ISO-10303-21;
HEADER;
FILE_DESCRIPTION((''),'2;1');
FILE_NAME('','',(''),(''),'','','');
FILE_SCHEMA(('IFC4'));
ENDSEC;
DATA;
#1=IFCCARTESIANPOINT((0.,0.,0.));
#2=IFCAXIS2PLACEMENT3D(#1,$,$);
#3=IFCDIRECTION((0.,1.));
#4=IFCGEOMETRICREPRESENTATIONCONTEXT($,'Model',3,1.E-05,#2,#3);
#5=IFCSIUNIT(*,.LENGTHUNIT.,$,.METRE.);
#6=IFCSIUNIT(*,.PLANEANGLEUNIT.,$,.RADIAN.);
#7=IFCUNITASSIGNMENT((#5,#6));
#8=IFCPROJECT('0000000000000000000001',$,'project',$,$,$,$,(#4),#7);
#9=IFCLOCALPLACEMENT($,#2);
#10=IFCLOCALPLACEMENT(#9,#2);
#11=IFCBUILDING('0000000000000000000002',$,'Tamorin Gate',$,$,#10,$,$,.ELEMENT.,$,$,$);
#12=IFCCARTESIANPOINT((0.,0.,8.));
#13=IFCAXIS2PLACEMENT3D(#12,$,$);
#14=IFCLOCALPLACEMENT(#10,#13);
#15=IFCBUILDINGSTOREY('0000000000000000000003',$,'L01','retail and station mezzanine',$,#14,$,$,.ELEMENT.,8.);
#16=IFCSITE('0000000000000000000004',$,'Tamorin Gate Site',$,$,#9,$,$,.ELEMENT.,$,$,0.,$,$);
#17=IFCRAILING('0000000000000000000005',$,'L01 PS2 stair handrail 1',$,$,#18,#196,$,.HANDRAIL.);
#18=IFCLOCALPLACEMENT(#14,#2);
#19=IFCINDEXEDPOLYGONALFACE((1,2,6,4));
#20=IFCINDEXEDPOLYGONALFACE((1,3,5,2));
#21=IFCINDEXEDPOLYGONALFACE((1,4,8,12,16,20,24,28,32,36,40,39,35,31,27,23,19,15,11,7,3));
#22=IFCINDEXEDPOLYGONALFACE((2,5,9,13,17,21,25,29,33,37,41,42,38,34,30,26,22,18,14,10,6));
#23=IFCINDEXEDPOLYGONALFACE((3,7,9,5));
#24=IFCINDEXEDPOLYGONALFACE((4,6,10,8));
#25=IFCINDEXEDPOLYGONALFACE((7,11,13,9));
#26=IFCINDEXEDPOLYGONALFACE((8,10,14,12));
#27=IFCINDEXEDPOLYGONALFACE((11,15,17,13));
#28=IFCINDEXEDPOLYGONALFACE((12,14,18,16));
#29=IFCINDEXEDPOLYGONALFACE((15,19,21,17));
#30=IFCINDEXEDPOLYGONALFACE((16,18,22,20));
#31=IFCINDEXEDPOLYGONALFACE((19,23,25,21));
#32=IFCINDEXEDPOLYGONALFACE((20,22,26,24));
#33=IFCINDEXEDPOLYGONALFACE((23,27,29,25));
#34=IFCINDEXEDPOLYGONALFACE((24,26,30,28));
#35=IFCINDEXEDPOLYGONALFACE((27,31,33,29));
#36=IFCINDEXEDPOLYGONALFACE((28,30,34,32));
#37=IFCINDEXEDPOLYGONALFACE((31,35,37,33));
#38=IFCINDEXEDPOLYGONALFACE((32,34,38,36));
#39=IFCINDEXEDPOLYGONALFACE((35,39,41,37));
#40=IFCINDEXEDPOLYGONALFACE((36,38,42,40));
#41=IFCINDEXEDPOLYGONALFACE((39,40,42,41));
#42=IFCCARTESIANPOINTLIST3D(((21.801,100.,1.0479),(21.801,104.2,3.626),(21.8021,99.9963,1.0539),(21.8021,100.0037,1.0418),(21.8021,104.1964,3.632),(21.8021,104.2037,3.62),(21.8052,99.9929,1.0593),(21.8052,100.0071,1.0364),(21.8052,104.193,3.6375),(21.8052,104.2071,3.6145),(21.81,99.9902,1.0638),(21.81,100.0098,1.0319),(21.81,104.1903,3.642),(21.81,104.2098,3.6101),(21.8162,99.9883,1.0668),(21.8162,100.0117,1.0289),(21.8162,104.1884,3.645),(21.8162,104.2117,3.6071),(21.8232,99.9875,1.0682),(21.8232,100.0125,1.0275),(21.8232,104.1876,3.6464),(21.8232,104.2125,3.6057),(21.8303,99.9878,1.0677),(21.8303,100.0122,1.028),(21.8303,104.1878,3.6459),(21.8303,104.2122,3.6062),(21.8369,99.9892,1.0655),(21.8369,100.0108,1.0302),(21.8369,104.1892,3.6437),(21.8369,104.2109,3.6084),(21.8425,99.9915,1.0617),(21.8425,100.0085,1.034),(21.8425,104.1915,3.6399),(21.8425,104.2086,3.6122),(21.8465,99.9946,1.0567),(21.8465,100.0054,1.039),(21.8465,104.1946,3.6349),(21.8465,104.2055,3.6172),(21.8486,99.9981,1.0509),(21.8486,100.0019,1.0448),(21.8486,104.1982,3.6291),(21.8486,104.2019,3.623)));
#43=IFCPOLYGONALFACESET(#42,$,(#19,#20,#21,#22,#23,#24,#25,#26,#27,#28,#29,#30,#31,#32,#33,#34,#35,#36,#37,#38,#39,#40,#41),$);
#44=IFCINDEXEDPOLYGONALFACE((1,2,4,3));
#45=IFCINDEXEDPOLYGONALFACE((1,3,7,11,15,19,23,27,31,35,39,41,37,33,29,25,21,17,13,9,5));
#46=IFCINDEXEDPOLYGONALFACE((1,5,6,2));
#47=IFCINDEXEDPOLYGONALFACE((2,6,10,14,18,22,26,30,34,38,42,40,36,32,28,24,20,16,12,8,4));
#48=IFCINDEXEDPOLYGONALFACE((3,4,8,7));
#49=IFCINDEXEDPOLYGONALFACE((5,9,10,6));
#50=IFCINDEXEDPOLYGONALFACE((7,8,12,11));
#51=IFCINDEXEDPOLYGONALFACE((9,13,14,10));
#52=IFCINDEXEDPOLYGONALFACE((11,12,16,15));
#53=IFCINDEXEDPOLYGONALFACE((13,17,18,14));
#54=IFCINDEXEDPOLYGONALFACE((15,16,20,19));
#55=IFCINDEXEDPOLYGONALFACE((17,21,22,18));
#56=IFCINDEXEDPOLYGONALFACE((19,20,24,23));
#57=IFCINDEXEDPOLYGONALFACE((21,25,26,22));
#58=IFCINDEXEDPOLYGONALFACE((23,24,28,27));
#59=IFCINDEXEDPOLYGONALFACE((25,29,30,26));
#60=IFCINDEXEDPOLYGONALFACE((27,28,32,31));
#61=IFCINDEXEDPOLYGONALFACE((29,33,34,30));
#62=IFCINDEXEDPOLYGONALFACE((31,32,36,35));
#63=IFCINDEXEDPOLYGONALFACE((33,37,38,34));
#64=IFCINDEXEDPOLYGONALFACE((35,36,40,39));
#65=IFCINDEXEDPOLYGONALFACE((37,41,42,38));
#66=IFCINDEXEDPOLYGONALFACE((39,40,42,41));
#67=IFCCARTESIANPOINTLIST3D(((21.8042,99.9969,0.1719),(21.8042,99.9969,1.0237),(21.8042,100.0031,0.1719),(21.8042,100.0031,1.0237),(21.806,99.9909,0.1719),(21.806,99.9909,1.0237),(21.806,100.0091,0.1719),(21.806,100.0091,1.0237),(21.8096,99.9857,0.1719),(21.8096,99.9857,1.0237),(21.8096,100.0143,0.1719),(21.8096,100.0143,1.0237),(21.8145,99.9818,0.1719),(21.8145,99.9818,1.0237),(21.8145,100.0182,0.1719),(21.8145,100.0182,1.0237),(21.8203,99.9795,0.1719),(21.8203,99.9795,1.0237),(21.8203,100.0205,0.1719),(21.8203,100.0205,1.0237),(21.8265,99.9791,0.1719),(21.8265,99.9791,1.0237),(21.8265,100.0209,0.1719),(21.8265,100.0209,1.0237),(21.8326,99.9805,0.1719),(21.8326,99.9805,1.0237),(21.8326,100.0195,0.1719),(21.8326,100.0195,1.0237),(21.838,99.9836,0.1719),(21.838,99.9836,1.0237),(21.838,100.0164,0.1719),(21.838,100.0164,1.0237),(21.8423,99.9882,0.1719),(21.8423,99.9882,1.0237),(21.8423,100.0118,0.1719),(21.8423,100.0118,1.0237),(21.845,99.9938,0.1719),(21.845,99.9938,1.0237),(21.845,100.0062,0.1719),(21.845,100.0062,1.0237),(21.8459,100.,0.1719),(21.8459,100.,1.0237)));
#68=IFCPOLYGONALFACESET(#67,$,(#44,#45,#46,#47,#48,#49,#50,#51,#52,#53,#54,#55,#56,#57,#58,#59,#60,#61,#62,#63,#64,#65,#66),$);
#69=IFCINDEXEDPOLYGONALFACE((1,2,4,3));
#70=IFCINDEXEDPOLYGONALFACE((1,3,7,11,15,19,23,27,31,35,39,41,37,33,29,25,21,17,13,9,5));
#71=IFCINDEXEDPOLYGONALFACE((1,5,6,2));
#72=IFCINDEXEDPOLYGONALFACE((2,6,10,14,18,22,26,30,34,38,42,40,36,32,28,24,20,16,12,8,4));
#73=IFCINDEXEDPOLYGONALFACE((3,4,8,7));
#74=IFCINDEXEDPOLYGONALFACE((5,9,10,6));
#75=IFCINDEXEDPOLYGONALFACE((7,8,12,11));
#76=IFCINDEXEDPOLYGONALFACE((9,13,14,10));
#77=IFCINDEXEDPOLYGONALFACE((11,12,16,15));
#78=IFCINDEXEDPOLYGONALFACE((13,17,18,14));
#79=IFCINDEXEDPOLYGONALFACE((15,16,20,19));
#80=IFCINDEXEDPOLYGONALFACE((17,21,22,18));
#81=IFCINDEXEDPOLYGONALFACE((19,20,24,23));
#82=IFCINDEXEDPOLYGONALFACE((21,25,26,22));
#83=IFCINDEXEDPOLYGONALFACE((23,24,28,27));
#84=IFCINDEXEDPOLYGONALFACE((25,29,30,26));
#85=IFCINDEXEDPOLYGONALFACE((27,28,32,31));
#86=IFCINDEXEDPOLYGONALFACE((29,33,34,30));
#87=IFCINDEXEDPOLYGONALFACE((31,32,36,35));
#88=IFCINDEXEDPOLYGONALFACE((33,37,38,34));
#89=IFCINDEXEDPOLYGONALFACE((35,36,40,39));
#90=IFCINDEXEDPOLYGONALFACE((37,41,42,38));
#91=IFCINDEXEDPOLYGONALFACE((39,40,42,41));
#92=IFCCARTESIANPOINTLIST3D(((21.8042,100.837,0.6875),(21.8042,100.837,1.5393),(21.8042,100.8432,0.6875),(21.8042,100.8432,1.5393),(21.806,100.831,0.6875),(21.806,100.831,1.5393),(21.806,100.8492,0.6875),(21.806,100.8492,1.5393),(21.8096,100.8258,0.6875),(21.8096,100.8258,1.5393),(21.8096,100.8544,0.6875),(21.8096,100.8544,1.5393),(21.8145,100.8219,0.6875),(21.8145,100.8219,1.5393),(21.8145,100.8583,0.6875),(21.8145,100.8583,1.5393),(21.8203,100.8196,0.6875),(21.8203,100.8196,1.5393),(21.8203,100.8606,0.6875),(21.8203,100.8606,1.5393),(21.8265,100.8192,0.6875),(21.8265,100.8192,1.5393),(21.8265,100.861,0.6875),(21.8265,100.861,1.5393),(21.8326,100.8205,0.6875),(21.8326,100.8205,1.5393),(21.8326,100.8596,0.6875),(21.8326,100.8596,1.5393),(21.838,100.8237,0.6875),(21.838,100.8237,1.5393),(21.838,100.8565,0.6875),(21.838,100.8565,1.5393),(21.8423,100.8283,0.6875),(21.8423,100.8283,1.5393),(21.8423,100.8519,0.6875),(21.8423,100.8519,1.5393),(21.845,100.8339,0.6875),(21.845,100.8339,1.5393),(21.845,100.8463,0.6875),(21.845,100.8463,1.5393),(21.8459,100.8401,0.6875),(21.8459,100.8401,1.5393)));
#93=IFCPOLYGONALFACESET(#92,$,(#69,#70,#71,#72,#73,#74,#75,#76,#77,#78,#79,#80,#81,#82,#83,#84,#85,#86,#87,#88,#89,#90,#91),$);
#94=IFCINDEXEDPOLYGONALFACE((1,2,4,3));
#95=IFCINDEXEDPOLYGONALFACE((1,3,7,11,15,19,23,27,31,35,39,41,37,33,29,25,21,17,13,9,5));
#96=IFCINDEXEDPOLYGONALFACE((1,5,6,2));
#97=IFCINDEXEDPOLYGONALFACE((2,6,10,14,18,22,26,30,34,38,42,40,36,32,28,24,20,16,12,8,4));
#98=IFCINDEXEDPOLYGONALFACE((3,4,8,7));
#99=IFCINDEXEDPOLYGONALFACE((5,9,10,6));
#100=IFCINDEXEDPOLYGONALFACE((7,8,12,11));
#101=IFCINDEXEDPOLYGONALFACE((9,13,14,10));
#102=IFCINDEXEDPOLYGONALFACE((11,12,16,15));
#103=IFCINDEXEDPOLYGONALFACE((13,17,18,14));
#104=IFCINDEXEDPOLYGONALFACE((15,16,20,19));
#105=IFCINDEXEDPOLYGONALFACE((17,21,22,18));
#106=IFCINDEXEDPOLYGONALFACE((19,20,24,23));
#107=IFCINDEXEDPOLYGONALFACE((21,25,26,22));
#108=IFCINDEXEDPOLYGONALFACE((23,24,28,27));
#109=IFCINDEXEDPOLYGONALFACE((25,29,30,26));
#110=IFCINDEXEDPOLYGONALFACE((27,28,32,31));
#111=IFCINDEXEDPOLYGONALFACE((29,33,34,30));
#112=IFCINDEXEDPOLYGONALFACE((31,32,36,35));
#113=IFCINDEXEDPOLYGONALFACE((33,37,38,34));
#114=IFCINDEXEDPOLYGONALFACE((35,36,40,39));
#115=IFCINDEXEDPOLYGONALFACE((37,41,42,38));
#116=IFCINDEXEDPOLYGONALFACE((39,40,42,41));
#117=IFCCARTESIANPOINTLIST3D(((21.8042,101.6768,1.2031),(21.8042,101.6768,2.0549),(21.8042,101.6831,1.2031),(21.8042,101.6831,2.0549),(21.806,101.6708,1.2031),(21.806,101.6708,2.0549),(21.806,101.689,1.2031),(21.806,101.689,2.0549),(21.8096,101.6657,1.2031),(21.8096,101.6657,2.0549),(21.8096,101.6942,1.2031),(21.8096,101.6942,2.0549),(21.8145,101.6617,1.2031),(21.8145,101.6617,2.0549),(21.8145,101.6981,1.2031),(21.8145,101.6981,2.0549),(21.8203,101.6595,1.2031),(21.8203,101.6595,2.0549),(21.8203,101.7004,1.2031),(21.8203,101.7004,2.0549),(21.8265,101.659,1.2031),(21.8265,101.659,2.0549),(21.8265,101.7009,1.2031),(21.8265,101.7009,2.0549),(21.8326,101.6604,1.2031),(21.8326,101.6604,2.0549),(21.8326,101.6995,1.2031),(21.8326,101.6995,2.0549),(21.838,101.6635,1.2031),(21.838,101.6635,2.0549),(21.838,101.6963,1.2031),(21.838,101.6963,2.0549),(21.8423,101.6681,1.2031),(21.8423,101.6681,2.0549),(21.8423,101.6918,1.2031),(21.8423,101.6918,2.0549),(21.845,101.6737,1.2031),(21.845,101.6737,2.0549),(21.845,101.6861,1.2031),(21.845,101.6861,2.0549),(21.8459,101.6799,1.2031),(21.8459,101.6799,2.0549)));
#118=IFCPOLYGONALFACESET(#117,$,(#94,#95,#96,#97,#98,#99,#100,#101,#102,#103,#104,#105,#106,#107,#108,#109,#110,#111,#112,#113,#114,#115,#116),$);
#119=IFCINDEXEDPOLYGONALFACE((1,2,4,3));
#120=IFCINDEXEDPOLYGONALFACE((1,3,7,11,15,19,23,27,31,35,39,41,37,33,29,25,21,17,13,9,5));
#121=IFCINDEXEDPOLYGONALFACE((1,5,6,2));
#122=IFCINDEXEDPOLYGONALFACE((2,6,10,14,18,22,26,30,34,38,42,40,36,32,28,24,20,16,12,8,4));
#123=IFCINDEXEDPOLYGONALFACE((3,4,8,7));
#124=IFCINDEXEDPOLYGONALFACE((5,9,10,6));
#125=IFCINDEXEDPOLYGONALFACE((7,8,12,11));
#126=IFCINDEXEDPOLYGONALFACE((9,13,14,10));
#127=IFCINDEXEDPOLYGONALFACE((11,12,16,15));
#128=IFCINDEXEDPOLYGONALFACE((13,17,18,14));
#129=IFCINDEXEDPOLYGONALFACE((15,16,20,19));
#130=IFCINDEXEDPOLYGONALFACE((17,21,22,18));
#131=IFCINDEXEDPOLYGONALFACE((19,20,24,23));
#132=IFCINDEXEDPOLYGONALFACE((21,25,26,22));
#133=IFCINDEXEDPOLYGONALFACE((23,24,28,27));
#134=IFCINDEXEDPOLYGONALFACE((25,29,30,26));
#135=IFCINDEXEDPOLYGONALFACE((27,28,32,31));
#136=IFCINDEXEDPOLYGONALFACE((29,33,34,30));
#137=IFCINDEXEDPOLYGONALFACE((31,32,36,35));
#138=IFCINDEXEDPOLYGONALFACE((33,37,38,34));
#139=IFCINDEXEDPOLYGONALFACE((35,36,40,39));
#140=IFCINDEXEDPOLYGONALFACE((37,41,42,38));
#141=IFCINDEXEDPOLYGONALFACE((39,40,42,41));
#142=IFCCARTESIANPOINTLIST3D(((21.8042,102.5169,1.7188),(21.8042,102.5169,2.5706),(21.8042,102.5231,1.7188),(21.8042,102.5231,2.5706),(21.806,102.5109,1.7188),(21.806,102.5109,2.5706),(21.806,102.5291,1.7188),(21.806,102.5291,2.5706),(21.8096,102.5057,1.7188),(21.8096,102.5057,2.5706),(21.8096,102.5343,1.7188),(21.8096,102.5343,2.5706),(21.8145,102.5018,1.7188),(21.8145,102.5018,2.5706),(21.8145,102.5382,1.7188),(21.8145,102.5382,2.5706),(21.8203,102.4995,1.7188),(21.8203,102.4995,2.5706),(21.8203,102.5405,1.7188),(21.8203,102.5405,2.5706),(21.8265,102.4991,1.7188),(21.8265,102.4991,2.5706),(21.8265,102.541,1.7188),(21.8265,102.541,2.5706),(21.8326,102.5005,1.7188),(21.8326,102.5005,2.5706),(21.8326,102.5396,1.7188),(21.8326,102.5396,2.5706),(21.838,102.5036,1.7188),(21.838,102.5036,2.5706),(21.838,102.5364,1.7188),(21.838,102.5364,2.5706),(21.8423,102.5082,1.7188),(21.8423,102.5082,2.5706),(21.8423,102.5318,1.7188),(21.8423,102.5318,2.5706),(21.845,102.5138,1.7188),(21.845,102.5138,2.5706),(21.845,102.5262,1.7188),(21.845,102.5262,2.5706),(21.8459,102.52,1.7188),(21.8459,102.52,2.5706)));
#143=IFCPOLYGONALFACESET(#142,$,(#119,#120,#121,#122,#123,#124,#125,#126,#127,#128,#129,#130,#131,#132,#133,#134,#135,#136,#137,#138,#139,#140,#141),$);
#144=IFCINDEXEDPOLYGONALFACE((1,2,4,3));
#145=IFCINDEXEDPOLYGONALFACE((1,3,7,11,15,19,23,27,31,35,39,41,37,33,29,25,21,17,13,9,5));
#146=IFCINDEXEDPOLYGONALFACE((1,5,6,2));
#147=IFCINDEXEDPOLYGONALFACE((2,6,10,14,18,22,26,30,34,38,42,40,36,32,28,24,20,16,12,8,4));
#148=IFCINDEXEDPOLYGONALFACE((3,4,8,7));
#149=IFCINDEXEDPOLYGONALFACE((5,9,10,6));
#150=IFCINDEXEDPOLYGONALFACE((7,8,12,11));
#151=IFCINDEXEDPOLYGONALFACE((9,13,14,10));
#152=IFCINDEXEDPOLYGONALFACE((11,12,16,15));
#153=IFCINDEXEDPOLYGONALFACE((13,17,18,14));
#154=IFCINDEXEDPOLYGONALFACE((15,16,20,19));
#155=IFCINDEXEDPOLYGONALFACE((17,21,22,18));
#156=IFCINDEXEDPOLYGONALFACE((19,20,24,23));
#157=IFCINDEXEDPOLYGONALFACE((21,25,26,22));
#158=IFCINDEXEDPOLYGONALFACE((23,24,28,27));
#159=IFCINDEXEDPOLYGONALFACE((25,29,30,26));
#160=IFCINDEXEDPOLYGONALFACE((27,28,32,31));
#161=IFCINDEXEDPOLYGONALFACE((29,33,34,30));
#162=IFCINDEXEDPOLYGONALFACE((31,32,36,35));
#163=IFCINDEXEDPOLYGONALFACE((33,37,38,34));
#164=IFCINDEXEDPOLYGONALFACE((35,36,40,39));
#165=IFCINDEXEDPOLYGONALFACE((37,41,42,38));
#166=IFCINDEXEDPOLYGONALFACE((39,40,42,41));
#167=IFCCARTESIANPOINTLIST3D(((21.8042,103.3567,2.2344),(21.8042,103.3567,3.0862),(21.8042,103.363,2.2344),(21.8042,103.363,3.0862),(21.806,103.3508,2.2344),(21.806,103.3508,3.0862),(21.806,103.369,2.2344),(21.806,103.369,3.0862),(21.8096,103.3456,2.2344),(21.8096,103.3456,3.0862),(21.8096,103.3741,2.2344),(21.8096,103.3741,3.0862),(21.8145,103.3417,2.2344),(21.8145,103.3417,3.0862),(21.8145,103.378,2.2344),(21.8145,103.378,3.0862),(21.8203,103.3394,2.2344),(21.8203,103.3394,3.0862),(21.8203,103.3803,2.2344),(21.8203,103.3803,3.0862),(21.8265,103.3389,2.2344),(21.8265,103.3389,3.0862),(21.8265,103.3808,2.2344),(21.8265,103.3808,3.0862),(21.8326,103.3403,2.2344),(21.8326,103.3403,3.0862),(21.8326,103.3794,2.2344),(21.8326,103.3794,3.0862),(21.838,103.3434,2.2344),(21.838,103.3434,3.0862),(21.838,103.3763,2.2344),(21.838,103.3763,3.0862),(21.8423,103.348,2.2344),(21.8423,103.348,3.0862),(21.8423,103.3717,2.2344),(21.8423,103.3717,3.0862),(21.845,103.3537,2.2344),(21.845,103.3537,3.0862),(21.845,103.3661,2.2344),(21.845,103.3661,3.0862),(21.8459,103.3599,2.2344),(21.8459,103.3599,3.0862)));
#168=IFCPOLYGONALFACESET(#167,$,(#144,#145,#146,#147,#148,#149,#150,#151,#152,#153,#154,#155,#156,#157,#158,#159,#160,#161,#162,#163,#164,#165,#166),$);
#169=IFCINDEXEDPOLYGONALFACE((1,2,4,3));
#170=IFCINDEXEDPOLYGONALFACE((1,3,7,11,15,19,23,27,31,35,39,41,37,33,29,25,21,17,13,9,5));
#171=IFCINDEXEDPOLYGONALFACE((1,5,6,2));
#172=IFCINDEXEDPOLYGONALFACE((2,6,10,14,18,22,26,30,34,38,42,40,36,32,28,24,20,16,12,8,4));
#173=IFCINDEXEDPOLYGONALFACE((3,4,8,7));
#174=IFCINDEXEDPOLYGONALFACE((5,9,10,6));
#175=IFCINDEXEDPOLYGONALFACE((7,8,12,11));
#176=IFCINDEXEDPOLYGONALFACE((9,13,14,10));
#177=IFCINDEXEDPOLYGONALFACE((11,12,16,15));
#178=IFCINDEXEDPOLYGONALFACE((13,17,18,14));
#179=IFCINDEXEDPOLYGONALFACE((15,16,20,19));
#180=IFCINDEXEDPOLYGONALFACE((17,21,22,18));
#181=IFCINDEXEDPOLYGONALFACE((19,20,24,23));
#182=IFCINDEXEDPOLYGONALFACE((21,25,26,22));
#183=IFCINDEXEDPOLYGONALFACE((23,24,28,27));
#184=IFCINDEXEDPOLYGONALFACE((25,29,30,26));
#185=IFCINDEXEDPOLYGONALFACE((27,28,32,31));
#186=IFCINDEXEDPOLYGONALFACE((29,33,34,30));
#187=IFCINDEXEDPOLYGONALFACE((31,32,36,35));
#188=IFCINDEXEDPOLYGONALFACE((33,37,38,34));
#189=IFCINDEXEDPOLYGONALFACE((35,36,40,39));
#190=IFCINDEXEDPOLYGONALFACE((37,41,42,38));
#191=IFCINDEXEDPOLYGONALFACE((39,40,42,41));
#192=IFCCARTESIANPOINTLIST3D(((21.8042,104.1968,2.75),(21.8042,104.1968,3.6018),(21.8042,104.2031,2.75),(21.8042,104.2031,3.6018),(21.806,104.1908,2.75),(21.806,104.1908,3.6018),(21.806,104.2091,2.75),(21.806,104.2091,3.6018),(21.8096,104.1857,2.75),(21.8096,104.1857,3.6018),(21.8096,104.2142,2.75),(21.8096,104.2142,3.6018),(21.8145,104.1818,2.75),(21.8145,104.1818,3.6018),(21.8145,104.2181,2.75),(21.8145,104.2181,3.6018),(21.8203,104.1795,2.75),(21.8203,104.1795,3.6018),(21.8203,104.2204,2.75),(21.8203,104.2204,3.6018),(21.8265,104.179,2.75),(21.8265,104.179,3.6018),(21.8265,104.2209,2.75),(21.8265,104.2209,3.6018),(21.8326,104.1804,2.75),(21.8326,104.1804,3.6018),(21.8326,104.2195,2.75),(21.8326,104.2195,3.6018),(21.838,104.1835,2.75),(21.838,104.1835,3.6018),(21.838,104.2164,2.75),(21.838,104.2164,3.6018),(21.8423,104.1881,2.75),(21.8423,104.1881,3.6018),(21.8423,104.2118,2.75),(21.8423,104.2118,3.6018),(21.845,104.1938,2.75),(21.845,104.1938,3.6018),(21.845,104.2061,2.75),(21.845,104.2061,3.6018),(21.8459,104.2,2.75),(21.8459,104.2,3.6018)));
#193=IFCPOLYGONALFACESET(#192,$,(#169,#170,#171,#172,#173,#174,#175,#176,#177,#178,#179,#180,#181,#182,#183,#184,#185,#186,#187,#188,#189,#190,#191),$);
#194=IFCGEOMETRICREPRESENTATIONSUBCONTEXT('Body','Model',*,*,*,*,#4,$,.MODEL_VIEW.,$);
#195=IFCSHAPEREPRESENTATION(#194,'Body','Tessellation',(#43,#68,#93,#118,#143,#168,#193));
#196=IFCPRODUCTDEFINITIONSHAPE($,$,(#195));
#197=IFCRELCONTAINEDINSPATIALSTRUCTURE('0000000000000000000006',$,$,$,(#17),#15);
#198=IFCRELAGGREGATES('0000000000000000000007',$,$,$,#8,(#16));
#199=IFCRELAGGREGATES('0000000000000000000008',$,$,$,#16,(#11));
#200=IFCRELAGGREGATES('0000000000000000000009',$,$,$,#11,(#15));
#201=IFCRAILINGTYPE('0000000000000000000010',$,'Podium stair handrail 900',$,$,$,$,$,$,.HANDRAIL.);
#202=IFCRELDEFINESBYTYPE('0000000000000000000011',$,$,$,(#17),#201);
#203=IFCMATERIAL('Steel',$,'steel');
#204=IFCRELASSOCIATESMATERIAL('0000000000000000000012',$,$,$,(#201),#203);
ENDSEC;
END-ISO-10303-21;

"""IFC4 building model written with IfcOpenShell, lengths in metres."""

from ifc_helpers import new_model, si_unit, direction, frame, origin, origin_2d, place, context, subcontext, project, spatial, circle, extrude, material, type_object, element, save


model = new_model("IFC4")

# Units and contexts
model_context = context("Model", 3, precision=1e-05, world=origin(), true_north=direction((0.0, 1.0)))
body_context = subcontext(model_context, "Body", "Model", "MODEL_VIEW")
ifc_project = project(units=[si_unit("LENGTHUNIT", "METRE"), si_unit("PLANEANGLEUNIT", "RADIAN")], contexts=[model_context])

# Site, building, storey
site_placement = place(None, origin())
site = spatial("IfcSite", under=ifc_project, at=site_placement, Name="Tamorin Gate Site", CompositionType="ELEMENT", RefElevation=0.0)
building_placement = place(site_placement, origin())
building = spatial("IfcBuilding", under=site, at=building_placement, Name="Tamorin Gate", CompositionType="ELEMENT")
storey_placement = place(building_placement, frame((0.0, 0.0, 8.0)))
storey = spatial("IfcBuildingStorey", under=building, at=storey_placement, Name="L01", Description="retail and station mezzanine", CompositionType="ELEMENT", Elevation=8.0)

# Railing
ifc_material_1 = material(Name="Steel", Category="steel")
railing_type_1 = type_object("IfcRailingType", Name="Podium stair handrail 900", PredefinedType="HANDRAIL", material=ifc_material_1)
railing_1_placement = place(storey_placement, frame((21.825, 100.0, 0.1719)))
element("IfcRailing", 1, at=railing_1_placement, inside=storey, type_object=railing_type_1, Name="L01 PS2 stair handrail 1", PredefinedType="HANDRAIL", context=body_context, shape_type="SweptSolid", body=[
    extrude(circle(Radius=0.0239, at=origin_2d()), frame((0.0, 0.0, 0.876), z_axis=(0.0, 0.852243, 0.523146), x_axis=(-1.0, 0.0, 0.0)), (0.0, 0.0, 1.0), 4.9282),
    extrude(circle(Radius=0.021, at=origin_2d()), origin(), (0.0, 0.0, 1.0), 0.8518),
    extrude(circle(Radius=0.021, at=origin_2d()), frame((0.0, 0.8401, 0.5156)), (0.0, 0.0, 1.0), 0.8518),
    extrude(circle(Radius=0.021, at=origin_2d()), frame((0.0, 1.6799, 1.0312)), (0.0, 0.0, 1.0), 0.8518),
    extrude(circle(Radius=0.021, at=origin_2d()), frame((0.0, 2.52, 1.5469)), (0.0, 0.0, 1.0), 0.8518),
    extrude(circle(Radius=0.021, at=origin_2d()), frame((0.0, 3.3599, 2.0625)), (0.0, 0.0, 1.0), 0.8518),
    extrude(circle(Radius=0.021, at=origin_2d()), frame((0.0, 4.2, 2.5781)), (0.0, 0.0, 1.0), 0.8518),
])

save(model, "model.ifc")
